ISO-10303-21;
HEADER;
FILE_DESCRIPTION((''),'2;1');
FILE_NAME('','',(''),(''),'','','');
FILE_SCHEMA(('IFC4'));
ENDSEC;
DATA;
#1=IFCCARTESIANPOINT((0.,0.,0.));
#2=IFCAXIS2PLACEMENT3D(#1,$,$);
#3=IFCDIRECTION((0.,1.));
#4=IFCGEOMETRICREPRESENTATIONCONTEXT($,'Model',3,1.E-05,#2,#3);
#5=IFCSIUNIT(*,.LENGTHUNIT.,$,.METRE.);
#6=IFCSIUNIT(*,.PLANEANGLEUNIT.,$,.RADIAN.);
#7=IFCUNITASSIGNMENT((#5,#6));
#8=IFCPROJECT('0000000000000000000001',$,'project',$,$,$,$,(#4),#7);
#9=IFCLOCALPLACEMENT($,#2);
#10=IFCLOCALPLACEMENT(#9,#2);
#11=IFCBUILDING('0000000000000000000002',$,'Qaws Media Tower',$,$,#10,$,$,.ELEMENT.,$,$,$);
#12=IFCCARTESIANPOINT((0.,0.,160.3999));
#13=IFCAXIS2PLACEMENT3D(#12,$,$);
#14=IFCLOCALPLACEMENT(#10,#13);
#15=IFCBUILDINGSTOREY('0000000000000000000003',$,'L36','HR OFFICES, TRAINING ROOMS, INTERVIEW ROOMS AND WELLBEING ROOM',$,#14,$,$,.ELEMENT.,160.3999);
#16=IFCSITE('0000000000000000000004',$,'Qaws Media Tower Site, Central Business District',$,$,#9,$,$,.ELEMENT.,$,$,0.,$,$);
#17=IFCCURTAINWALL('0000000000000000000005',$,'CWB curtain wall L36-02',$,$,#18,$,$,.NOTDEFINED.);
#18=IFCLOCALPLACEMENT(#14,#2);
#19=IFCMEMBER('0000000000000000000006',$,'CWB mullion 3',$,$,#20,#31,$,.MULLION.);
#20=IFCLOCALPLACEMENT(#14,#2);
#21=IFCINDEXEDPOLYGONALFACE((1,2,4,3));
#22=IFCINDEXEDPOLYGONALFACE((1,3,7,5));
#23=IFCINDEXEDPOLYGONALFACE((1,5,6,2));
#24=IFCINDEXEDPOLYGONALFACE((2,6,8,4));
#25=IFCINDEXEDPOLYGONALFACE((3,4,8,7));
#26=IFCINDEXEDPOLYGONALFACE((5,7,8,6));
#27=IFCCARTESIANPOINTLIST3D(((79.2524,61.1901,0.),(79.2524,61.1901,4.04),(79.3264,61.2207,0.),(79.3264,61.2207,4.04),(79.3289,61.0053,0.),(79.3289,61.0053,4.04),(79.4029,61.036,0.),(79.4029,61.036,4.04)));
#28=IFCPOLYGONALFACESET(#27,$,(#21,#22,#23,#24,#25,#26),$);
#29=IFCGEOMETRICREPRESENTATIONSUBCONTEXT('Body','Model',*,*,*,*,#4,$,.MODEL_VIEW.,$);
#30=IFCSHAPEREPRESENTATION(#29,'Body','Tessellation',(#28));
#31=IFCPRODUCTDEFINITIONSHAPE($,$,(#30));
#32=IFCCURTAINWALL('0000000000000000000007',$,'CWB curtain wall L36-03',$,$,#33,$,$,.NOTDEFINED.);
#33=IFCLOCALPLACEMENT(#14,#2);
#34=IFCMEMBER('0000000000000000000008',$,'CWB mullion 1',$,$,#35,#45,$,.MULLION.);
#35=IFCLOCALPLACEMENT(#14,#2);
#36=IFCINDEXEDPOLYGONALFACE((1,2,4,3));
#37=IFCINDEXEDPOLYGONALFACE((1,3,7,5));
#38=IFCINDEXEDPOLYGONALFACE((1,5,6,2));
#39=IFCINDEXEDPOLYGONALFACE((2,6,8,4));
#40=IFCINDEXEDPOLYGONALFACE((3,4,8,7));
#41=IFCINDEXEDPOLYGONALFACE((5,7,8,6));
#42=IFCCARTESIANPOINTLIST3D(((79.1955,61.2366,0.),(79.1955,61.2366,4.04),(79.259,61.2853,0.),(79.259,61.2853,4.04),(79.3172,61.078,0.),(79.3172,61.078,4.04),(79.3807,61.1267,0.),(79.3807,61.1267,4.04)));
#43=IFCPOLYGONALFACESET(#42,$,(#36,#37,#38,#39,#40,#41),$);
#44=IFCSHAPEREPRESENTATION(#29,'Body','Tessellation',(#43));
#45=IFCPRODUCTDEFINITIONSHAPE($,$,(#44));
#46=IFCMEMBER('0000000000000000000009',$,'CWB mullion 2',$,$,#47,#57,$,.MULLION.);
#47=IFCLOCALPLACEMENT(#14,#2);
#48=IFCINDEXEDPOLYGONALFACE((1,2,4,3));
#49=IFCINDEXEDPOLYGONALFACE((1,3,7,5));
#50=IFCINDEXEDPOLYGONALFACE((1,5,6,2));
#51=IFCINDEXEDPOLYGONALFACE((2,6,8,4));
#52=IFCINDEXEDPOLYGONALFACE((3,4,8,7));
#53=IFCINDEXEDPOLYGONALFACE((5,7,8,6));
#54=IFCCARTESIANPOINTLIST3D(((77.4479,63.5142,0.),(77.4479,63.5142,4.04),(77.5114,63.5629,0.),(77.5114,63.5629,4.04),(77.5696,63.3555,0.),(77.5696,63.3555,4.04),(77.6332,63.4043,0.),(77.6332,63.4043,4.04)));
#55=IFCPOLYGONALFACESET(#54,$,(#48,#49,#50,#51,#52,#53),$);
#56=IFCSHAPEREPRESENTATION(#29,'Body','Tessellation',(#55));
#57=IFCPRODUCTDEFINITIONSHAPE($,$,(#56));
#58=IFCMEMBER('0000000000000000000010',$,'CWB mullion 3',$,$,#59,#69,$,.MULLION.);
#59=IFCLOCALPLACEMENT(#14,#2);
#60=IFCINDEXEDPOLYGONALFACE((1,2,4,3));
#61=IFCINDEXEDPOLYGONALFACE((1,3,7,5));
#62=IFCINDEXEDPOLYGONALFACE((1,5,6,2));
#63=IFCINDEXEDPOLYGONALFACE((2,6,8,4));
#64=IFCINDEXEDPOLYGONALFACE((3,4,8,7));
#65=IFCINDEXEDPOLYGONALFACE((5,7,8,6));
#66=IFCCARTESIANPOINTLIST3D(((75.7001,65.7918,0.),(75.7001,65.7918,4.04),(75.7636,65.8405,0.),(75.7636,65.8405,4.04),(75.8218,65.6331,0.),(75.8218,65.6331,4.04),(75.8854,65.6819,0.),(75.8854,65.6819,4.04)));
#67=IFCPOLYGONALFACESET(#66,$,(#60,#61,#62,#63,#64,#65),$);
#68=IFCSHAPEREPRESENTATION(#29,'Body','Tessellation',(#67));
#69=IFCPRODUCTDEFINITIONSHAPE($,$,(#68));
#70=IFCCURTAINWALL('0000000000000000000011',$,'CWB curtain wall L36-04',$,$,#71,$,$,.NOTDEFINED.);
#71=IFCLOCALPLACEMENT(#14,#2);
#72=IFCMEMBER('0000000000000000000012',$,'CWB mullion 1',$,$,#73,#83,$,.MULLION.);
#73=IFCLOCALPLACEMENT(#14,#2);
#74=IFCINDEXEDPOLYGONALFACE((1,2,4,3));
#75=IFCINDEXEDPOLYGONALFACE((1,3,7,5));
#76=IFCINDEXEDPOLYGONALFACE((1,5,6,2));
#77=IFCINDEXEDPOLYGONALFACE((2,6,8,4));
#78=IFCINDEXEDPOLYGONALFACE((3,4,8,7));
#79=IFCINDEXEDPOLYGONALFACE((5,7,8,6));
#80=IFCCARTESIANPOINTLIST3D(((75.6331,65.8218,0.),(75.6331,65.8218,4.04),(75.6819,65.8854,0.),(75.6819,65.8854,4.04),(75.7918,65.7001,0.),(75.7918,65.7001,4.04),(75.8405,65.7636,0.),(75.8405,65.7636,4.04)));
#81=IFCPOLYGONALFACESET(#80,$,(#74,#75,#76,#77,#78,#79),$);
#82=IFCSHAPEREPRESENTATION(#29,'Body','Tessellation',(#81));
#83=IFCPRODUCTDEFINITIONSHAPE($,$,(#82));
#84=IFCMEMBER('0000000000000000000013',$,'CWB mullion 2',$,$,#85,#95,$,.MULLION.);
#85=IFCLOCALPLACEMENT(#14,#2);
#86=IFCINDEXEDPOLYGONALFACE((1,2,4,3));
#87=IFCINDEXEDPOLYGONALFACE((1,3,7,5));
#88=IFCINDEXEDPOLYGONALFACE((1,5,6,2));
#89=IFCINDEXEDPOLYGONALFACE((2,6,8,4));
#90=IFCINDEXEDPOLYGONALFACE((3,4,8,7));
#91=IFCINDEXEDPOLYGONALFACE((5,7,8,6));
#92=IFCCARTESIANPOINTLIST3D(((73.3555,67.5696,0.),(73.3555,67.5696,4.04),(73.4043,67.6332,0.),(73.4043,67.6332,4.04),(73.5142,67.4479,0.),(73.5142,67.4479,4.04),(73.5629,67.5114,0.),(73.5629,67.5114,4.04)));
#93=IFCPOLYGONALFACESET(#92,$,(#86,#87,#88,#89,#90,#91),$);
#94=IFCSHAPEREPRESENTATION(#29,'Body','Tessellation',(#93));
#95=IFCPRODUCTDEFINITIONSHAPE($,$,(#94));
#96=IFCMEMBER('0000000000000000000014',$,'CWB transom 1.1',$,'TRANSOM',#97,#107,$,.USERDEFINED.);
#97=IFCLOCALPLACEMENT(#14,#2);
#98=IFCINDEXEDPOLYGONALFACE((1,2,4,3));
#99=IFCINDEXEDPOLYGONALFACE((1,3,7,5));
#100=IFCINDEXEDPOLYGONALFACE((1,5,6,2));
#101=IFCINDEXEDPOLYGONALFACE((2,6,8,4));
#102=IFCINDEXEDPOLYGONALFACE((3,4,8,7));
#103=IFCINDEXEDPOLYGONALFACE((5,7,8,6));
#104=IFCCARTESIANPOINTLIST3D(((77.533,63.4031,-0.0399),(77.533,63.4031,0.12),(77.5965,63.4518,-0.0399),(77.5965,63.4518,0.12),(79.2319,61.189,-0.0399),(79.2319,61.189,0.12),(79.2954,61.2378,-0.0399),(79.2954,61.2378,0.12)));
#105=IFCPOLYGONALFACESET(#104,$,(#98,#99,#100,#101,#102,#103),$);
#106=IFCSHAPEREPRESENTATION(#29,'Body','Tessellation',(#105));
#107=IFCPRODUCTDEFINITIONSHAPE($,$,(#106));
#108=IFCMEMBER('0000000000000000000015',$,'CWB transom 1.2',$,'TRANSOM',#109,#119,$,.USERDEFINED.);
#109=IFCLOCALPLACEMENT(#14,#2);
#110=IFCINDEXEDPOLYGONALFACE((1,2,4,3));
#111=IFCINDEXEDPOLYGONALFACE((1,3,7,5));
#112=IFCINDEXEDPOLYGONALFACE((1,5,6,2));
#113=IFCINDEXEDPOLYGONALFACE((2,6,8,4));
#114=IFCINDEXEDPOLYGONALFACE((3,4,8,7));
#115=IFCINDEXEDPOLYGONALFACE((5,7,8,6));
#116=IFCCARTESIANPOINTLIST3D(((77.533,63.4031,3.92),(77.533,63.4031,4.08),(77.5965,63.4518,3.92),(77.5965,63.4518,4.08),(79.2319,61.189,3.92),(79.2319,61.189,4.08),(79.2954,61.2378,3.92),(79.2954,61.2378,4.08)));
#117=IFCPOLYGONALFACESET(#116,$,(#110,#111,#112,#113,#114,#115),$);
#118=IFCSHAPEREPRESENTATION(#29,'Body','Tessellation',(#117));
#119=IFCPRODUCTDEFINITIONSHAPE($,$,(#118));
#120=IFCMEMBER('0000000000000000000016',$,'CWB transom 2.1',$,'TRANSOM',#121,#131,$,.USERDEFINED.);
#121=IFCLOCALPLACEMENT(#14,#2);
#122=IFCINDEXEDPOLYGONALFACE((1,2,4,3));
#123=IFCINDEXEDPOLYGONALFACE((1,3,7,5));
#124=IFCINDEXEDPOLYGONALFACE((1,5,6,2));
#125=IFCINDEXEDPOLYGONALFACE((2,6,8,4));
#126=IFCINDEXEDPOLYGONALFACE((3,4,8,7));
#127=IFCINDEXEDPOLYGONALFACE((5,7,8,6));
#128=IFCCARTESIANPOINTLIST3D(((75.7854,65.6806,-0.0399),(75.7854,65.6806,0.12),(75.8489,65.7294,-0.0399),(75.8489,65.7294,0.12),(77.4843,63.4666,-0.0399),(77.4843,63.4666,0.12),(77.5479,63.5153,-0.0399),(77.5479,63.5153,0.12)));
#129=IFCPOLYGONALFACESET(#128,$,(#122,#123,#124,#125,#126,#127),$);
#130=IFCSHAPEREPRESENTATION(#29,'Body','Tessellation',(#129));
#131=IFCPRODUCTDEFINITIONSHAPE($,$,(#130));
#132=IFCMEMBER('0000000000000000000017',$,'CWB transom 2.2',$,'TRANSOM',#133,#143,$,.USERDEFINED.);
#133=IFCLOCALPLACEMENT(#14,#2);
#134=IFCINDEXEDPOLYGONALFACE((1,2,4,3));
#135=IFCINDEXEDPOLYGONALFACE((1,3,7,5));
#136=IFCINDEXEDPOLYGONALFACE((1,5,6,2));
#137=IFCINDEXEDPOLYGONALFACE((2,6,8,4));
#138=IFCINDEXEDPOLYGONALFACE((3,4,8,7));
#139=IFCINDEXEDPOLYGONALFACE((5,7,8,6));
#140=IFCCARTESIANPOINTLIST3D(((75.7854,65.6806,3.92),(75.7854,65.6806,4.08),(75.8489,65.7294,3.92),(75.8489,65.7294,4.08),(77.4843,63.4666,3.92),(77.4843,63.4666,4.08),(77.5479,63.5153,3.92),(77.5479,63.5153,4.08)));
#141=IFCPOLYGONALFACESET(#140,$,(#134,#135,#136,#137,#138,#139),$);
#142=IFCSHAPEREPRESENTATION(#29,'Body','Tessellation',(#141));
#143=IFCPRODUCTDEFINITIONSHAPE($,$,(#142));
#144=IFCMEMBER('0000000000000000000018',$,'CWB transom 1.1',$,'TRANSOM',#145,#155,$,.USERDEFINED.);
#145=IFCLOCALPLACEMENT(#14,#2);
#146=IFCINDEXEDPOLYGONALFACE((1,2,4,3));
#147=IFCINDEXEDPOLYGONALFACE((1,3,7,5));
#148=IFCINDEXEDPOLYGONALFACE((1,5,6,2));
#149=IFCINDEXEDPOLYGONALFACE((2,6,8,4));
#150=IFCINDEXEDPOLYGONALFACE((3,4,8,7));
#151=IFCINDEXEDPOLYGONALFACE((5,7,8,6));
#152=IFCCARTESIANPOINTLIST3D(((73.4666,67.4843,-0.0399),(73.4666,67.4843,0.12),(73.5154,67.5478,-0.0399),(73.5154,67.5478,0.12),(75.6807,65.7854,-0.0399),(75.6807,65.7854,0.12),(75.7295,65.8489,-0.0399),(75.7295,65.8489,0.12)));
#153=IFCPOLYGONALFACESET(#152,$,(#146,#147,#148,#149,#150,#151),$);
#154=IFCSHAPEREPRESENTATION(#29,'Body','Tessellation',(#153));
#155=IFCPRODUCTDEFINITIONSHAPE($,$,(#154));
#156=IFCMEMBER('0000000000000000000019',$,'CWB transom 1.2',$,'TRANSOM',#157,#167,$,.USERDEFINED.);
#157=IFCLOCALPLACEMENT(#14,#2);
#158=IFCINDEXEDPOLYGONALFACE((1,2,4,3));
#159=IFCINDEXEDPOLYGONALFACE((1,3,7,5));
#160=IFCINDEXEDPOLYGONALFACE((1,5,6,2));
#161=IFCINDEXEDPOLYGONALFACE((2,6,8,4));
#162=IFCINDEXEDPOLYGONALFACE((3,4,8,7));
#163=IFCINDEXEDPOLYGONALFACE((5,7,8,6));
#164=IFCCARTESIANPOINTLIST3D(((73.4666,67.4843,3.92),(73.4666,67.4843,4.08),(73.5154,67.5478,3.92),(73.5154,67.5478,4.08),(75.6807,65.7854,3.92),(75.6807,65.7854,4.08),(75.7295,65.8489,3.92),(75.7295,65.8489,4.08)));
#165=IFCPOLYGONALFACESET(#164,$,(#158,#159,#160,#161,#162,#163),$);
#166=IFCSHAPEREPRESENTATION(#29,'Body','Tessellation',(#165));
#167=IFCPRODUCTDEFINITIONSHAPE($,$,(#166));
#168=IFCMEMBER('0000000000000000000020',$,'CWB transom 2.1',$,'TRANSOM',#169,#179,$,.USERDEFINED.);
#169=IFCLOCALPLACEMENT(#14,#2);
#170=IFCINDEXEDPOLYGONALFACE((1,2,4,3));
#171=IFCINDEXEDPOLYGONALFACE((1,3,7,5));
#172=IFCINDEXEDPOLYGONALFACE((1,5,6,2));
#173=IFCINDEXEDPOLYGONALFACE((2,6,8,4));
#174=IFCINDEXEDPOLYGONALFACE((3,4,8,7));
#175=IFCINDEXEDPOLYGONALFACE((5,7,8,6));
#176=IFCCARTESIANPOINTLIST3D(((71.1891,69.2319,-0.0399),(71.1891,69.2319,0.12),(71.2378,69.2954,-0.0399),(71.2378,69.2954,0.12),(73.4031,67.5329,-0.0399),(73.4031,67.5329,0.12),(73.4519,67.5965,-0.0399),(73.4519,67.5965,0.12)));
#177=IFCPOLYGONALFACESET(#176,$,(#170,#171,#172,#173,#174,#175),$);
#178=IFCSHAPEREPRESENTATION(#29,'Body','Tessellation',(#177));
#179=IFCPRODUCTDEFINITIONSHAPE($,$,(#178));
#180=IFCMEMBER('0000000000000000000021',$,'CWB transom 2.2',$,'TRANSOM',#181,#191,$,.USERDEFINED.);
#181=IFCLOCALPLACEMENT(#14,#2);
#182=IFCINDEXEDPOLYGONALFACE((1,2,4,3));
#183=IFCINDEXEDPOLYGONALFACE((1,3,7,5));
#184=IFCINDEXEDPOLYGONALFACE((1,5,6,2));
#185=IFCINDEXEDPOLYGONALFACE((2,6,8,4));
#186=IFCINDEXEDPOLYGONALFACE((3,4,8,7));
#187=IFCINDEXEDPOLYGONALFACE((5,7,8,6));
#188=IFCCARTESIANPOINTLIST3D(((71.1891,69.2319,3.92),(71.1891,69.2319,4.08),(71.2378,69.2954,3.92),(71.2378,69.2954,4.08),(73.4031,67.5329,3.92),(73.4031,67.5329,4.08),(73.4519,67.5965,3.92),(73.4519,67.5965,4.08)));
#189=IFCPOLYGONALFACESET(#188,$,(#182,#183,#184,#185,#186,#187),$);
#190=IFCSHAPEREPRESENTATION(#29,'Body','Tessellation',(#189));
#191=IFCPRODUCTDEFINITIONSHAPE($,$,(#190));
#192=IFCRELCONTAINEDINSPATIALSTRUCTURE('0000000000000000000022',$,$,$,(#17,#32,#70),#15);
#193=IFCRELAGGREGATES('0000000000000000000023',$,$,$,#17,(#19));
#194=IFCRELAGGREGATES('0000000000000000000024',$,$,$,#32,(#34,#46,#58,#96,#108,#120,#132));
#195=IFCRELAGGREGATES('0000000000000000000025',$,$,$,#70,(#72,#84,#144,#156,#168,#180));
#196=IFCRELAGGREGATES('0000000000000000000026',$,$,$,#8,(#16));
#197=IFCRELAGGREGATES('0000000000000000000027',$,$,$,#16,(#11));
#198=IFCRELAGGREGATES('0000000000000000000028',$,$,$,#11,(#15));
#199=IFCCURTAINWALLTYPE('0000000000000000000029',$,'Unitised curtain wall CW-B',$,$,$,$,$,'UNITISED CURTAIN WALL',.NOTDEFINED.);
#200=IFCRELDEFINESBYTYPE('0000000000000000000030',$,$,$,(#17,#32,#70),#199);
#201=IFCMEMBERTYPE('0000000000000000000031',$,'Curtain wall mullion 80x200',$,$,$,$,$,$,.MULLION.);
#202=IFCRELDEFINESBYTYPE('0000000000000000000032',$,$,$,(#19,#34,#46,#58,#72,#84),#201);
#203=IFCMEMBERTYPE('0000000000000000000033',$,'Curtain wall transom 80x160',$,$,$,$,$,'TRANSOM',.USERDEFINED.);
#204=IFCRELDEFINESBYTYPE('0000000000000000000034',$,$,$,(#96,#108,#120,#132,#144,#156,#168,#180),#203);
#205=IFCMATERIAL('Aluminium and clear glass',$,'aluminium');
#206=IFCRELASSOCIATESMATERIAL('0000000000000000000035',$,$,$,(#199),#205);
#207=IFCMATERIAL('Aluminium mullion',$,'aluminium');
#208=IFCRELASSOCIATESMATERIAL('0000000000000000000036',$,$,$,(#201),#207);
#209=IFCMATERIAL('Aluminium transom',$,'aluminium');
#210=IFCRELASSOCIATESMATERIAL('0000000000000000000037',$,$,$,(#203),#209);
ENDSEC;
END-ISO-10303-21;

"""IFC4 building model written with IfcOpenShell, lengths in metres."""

from ifc_helpers import new_model, si_unit, direction, frame, origin, origin_2d, place, context, subcontext, project, spatial, rectangle, extrude, material, material_profile, profile_set, type_object, element, aggregate, save


model = new_model("IFC4")

# Units and contexts
model_context = context("Model", 3, precision=1e-05, world=origin(), true_north=direction((0.0, 1.0)))
body_context = subcontext(model_context, "Body", "Model", "MODEL_VIEW")
ifc_project = project(units=[si_unit("LENGTHUNIT", "METRE"), si_unit("PLANEANGLEUNIT", "RADIAN")], contexts=[model_context])

# Site, building, storey
site_placement = place(None, origin())
site = spatial("IfcSite", under=ifc_project, at=site_placement, Name="Qaws Media Tower Site, Central Business District", CompositionType="ELEMENT", RefElevation=0.0)
building_placement = place(site_placement, origin())
building = spatial("IfcBuilding", under=site, at=building_placement, Name="Qaws Media Tower", CompositionType="ELEMENT")
storey_placement = place(building_placement, frame((0.0, 0.0, 160.3999)))
storey = spatial("IfcBuildingStorey", under=building, at=storey_placement, Name="L36", Description="HR OFFICES, TRAINING ROOMS, INTERVIEW ROOMS AND WELLBEING ROOM", CompositionType="ELEMENT", Elevation=160.3999)

# Curtain wall, member
ifc_material_1 = material(Name="Aluminium and clear glass", Category="aluminium")
curtain_wall_type = type_object("IfcCurtainWallType", Name="Unitised curtain wall CW-B", ElementType="UNITISED CURTAIN WALL", PredefinedType="NOTDEFINED", material=ifc_material_1)
curtain_wall_1_placement = place(storey_placement, origin())
curtain_wall_1 = element("IfcCurtainWall", 1, at=curtain_wall_1_placement, inside=storey, type_object=curtain_wall_type, Name="CWB curtain wall L36-02", PredefinedType="NOTDEFINED")
ifc_material_2 = material(Name="Aluminium mullion", Category="aluminium")
ifc_material_profile_1 = material_profile(ifc_material_2, rectangle(XDim=0.0801, YDim=0.2, at=origin_2d()), Name="80x200")
ifc_profile_set_1 = profile_set([ifc_material_profile_1], Name="Aluminium mullion")
member_type_1 = type_object("IfcMemberType", Name="Curtain wall mullion 80x200", PredefinedType="MULLION", material=ifc_profile_set_1)
member_1_placement = place(storey_placement, frame((79.3276, 61.113, 0.0), z_axis=(0.0, 0.0, 1.0), x_axis=(-0.92388, -0.382683, 0.0)))
member_1 = element("IfcMember", 2, at=member_1_placement, type_object=member_type_1, Name="CWB mullion 3", PredefinedType="MULLION", context=body_context, shape_type="SweptSolid", body=[
    extrude(rectangle(XDim=0.0801, YDim=0.2, at=origin_2d()), origin(), (0.0, 0.0, 1.0), 4.04),
])
aggregate(curtain_wall_1, [member_1])

# Curtain walls, members
curtain_wall_2_placement = place(storey_placement, origin())
curtain_wall_2 = element("IfcCurtainWall", 3, at=curtain_wall_2_placement, inside=storey, type_object=curtain_wall_type, Name="CWB curtain wall L36-03", PredefinedType="NOTDEFINED")
member_2_placement = place(storey_placement, frame((79.2881, 61.1816, 0.0), z_axis=(0.0, 0.0, 1.0), x_axis=(-0.793353, -0.608762, 0.0)))
member_2 = element("IfcMember", 4, at=member_2_placement, type_object=member_type_1, Name="CWB mullion 1", PredefinedType="MULLION", context=body_context, shape_type="SweptSolid", body=[
    extrude(rectangle(XDim=0.0801, YDim=0.2, at=origin_2d()), origin(), (0.0, 0.0, 1.0), 4.04),
])
member_3_placement = place(storey_placement, frame((77.5405, 63.4592, 0.0), z_axis=(0.0, 0.0, 1.0), x_axis=(-0.793353, -0.608762, 0.0)))
member_3 = element("IfcMember", 5, at=member_3_placement, type_object=member_type_1, Name="CWB mullion 2", PredefinedType="MULLION", context=body_context, shape_type="SweptSolid", body=[
    extrude(rectangle(XDim=0.0801, YDim=0.2, at=origin_2d()), origin(), (0.0, 0.0, 1.0), 4.04),
])
member_4_placement = place(storey_placement, frame((75.7927, 65.7368, 0.0), z_axis=(0.0, 0.0, 1.0), x_axis=(-0.793353, -0.608762, 0.0)))
member_4 = element("IfcMember", 6, at=member_4_placement, type_object=member_type_1, Name="CWB mullion 3", PredefinedType="MULLION", context=body_context, shape_type="SweptSolid", body=[
    extrude(rectangle(XDim=0.0801, YDim=0.2, at=origin_2d()), origin(), (0.0, 0.0, 1.0), 4.04),
])
curtain_wall_3_placement = place(storey_placement, origin())
curtain_wall_3 = element("IfcCurtainWall", 7, at=curtain_wall_3_placement, inside=storey, type_object=curtain_wall_type, Name="CWB curtain wall L36-04", PredefinedType="NOTDEFINED")
member_5_placement = place(storey_placement, frame((75.7368, 65.7927, 0.0), z_axis=(0.0, 0.0, 1.0), x_axis=(-0.608762, -0.793353, 0.0)))
member_5 = element("IfcMember", 8, at=member_5_placement, type_object=member_type_1, Name="CWB mullion 1", PredefinedType="MULLION", context=body_context, shape_type="SweptSolid", body=[
    extrude(rectangle(XDim=0.0801, YDim=0.2, at=origin_2d()), origin(), (0.0, 0.0, 1.0), 4.04),
])
member_6_placement = place(storey_placement, frame((73.4592, 67.5405, 0.0), z_axis=(0.0, 0.0, 1.0), x_axis=(-0.608762, -0.793353, 0.0)))
member_6 = element("IfcMember", 9, at=member_6_placement, type_object=member_type_1, Name="CWB mullion 2", PredefinedType="MULLION", context=body_context, shape_type="SweptSolid", body=[
    extrude(rectangle(XDim=0.0801, YDim=0.2, at=origin_2d()), origin(), (0.0, 0.0, 1.0), 4.04),
])

# Members
ifc_material_3 = material(Name="Aluminium transom", Category="aluminium")
ifc_material_profile_2 = material_profile(ifc_material_3, rectangle(XDim=0.0801, YDim=0.1599, at=origin_2d()), Name="80x160")
ifc_profile_set_2 = profile_set([ifc_material_profile_2], Name="Aluminium transom")
member_type_2 = type_object("IfcMemberType", Name="Curtain wall transom 80x160", ElementType="TRANSOM", PredefinedType="USERDEFINED", material=ifc_profile_set_2)
member_7_placement = place(storey_placement, frame((79.2637, 61.2134, 0.04), z_axis=(-0.608768, 0.793349, 0.0), x_axis=(-0.793349, -0.608768, 0.0)))
member_7 = element("IfcMember", 10, at=member_7_placement, type_object=member_type_2, Name="CWB transom 1.1", ObjectType="TRANSOM", PredefinedType="USERDEFINED", context=body_context, shape_type="SweptSolid", body=[
    extrude(rectangle(XDim=0.0801, YDim=0.1599, at=origin_2d()), origin(), (0.0, 0.0, 1.0), 2.7908),
])
member_8_placement = place(storey_placement, frame((79.2637, 61.2134, 4.0), z_axis=(-0.608768, 0.793349, 0.0), x_axis=(-0.793349, -0.608768, 0.0)))
member_8 = element("IfcMember", 11, at=member_8_placement, type_object=member_type_2, Name="CWB transom 1.2", ObjectType="TRANSOM", PredefinedType="USERDEFINED", context=body_context, shape_type="SweptSolid", body=[
    extrude(rectangle(XDim=0.0801, YDim=0.1599, at=origin_2d()), origin(), (0.0, 0.0, 1.0), 2.7908),
])
member_9_placement = place(storey_placement, frame((77.5161, 63.491, 0.04), z_axis=(-0.608768, 0.793349, 0.0), x_axis=(-0.793349, -0.608768, 0.0)))
member_9 = element("IfcMember", 12, at=member_9_placement, type_object=member_type_2, Name="CWB transom 2.1", ObjectType="TRANSOM", PredefinedType="USERDEFINED", context=body_context, shape_type="SweptSolid", body=[
    extrude(rectangle(XDim=0.0801, YDim=0.1599, at=origin_2d()), origin(), (0.0, 0.0, 1.0), 2.7908),
])
member_10_placement = place(storey_placement, frame((77.5161, 63.491, 4.0), z_axis=(-0.608768, 0.793349, 0.0), x_axis=(-0.793349, -0.608768, 0.0)))
member_10 = element("IfcMember", 13, at=member_10_placement, type_object=member_type_2, Name="CWB transom 2.2", ObjectType="TRANSOM", PredefinedType="USERDEFINED", context=body_context, shape_type="SweptSolid", body=[
    extrude(rectangle(XDim=0.0801, YDim=0.1599, at=origin_2d()), origin(), (0.0, 0.0, 1.0), 2.7908),
])
member_11_placement = place(storey_placement, frame((75.7051, 65.8171, 0.04), z_axis=(-0.793349, 0.608768, 0.0), x_axis=(-0.608768, -0.793349, 0.0)))
member_11 = element("IfcMember", 14, at=member_11_placement, type_object=member_type_2, Name="CWB transom 1.1", ObjectType="TRANSOM", PredefinedType="USERDEFINED", context=body_context, shape_type="SweptSolid", body=[
    extrude(rectangle(XDim=0.0801, YDim=0.1599, at=origin_2d()), origin(), (0.0, 0.0, 1.0), 2.7908),
])
member_12_placement = place(storey_placement, frame((75.7051, 65.8171, 4.0), z_axis=(-0.793349, 0.608768, 0.0), x_axis=(-0.608768, -0.793349, 0.0)))
member_12 = element("IfcMember", 15, at=member_12_placement, type_object=member_type_2, Name="CWB transom 1.2", ObjectType="TRANSOM", PredefinedType="USERDEFINED", context=body_context, shape_type="SweptSolid", body=[
    extrude(rectangle(XDim=0.0801, YDim=0.1599, at=origin_2d()), origin(), (0.0, 0.0, 1.0), 2.7908),
])
member_13_placement = place(storey_placement, frame((73.4275, 67.5647, 0.04), z_axis=(-0.793349, 0.608768, 0.0), x_axis=(-0.608768, -0.793349, 0.0)))
member_13 = element("IfcMember", 16, at=member_13_placement, type_object=member_type_2, Name="CWB transom 2.1", ObjectType="TRANSOM", PredefinedType="USERDEFINED", context=body_context, shape_type="SweptSolid", body=[
    extrude(rectangle(XDim=0.0801, YDim=0.1599, at=origin_2d()), origin(), (0.0, 0.0, 1.0), 2.7908),
])
member_14_placement = place(storey_placement, frame((73.4275, 67.5647, 4.0), z_axis=(-0.793349, 0.608768, 0.0), x_axis=(-0.608768, -0.793349, 0.0)))
member_14 = element("IfcMember", 17, at=member_14_placement, type_object=member_type_2, Name="CWB transom 2.2", ObjectType="TRANSOM", PredefinedType="USERDEFINED", context=body_context, shape_type="SweptSolid", body=[
    extrude(rectangle(XDim=0.0801, YDim=0.1599, at=origin_2d()), origin(), (0.0, 0.0, 1.0), 2.7908),
])

aggregate(curtain_wall_2, [member_2, member_3, member_4, member_7, member_8, member_9, member_10])
aggregate(curtain_wall_3, [member_5, member_6, member_11, member_12, member_13, member_14])

save(model, "model.ifc")
